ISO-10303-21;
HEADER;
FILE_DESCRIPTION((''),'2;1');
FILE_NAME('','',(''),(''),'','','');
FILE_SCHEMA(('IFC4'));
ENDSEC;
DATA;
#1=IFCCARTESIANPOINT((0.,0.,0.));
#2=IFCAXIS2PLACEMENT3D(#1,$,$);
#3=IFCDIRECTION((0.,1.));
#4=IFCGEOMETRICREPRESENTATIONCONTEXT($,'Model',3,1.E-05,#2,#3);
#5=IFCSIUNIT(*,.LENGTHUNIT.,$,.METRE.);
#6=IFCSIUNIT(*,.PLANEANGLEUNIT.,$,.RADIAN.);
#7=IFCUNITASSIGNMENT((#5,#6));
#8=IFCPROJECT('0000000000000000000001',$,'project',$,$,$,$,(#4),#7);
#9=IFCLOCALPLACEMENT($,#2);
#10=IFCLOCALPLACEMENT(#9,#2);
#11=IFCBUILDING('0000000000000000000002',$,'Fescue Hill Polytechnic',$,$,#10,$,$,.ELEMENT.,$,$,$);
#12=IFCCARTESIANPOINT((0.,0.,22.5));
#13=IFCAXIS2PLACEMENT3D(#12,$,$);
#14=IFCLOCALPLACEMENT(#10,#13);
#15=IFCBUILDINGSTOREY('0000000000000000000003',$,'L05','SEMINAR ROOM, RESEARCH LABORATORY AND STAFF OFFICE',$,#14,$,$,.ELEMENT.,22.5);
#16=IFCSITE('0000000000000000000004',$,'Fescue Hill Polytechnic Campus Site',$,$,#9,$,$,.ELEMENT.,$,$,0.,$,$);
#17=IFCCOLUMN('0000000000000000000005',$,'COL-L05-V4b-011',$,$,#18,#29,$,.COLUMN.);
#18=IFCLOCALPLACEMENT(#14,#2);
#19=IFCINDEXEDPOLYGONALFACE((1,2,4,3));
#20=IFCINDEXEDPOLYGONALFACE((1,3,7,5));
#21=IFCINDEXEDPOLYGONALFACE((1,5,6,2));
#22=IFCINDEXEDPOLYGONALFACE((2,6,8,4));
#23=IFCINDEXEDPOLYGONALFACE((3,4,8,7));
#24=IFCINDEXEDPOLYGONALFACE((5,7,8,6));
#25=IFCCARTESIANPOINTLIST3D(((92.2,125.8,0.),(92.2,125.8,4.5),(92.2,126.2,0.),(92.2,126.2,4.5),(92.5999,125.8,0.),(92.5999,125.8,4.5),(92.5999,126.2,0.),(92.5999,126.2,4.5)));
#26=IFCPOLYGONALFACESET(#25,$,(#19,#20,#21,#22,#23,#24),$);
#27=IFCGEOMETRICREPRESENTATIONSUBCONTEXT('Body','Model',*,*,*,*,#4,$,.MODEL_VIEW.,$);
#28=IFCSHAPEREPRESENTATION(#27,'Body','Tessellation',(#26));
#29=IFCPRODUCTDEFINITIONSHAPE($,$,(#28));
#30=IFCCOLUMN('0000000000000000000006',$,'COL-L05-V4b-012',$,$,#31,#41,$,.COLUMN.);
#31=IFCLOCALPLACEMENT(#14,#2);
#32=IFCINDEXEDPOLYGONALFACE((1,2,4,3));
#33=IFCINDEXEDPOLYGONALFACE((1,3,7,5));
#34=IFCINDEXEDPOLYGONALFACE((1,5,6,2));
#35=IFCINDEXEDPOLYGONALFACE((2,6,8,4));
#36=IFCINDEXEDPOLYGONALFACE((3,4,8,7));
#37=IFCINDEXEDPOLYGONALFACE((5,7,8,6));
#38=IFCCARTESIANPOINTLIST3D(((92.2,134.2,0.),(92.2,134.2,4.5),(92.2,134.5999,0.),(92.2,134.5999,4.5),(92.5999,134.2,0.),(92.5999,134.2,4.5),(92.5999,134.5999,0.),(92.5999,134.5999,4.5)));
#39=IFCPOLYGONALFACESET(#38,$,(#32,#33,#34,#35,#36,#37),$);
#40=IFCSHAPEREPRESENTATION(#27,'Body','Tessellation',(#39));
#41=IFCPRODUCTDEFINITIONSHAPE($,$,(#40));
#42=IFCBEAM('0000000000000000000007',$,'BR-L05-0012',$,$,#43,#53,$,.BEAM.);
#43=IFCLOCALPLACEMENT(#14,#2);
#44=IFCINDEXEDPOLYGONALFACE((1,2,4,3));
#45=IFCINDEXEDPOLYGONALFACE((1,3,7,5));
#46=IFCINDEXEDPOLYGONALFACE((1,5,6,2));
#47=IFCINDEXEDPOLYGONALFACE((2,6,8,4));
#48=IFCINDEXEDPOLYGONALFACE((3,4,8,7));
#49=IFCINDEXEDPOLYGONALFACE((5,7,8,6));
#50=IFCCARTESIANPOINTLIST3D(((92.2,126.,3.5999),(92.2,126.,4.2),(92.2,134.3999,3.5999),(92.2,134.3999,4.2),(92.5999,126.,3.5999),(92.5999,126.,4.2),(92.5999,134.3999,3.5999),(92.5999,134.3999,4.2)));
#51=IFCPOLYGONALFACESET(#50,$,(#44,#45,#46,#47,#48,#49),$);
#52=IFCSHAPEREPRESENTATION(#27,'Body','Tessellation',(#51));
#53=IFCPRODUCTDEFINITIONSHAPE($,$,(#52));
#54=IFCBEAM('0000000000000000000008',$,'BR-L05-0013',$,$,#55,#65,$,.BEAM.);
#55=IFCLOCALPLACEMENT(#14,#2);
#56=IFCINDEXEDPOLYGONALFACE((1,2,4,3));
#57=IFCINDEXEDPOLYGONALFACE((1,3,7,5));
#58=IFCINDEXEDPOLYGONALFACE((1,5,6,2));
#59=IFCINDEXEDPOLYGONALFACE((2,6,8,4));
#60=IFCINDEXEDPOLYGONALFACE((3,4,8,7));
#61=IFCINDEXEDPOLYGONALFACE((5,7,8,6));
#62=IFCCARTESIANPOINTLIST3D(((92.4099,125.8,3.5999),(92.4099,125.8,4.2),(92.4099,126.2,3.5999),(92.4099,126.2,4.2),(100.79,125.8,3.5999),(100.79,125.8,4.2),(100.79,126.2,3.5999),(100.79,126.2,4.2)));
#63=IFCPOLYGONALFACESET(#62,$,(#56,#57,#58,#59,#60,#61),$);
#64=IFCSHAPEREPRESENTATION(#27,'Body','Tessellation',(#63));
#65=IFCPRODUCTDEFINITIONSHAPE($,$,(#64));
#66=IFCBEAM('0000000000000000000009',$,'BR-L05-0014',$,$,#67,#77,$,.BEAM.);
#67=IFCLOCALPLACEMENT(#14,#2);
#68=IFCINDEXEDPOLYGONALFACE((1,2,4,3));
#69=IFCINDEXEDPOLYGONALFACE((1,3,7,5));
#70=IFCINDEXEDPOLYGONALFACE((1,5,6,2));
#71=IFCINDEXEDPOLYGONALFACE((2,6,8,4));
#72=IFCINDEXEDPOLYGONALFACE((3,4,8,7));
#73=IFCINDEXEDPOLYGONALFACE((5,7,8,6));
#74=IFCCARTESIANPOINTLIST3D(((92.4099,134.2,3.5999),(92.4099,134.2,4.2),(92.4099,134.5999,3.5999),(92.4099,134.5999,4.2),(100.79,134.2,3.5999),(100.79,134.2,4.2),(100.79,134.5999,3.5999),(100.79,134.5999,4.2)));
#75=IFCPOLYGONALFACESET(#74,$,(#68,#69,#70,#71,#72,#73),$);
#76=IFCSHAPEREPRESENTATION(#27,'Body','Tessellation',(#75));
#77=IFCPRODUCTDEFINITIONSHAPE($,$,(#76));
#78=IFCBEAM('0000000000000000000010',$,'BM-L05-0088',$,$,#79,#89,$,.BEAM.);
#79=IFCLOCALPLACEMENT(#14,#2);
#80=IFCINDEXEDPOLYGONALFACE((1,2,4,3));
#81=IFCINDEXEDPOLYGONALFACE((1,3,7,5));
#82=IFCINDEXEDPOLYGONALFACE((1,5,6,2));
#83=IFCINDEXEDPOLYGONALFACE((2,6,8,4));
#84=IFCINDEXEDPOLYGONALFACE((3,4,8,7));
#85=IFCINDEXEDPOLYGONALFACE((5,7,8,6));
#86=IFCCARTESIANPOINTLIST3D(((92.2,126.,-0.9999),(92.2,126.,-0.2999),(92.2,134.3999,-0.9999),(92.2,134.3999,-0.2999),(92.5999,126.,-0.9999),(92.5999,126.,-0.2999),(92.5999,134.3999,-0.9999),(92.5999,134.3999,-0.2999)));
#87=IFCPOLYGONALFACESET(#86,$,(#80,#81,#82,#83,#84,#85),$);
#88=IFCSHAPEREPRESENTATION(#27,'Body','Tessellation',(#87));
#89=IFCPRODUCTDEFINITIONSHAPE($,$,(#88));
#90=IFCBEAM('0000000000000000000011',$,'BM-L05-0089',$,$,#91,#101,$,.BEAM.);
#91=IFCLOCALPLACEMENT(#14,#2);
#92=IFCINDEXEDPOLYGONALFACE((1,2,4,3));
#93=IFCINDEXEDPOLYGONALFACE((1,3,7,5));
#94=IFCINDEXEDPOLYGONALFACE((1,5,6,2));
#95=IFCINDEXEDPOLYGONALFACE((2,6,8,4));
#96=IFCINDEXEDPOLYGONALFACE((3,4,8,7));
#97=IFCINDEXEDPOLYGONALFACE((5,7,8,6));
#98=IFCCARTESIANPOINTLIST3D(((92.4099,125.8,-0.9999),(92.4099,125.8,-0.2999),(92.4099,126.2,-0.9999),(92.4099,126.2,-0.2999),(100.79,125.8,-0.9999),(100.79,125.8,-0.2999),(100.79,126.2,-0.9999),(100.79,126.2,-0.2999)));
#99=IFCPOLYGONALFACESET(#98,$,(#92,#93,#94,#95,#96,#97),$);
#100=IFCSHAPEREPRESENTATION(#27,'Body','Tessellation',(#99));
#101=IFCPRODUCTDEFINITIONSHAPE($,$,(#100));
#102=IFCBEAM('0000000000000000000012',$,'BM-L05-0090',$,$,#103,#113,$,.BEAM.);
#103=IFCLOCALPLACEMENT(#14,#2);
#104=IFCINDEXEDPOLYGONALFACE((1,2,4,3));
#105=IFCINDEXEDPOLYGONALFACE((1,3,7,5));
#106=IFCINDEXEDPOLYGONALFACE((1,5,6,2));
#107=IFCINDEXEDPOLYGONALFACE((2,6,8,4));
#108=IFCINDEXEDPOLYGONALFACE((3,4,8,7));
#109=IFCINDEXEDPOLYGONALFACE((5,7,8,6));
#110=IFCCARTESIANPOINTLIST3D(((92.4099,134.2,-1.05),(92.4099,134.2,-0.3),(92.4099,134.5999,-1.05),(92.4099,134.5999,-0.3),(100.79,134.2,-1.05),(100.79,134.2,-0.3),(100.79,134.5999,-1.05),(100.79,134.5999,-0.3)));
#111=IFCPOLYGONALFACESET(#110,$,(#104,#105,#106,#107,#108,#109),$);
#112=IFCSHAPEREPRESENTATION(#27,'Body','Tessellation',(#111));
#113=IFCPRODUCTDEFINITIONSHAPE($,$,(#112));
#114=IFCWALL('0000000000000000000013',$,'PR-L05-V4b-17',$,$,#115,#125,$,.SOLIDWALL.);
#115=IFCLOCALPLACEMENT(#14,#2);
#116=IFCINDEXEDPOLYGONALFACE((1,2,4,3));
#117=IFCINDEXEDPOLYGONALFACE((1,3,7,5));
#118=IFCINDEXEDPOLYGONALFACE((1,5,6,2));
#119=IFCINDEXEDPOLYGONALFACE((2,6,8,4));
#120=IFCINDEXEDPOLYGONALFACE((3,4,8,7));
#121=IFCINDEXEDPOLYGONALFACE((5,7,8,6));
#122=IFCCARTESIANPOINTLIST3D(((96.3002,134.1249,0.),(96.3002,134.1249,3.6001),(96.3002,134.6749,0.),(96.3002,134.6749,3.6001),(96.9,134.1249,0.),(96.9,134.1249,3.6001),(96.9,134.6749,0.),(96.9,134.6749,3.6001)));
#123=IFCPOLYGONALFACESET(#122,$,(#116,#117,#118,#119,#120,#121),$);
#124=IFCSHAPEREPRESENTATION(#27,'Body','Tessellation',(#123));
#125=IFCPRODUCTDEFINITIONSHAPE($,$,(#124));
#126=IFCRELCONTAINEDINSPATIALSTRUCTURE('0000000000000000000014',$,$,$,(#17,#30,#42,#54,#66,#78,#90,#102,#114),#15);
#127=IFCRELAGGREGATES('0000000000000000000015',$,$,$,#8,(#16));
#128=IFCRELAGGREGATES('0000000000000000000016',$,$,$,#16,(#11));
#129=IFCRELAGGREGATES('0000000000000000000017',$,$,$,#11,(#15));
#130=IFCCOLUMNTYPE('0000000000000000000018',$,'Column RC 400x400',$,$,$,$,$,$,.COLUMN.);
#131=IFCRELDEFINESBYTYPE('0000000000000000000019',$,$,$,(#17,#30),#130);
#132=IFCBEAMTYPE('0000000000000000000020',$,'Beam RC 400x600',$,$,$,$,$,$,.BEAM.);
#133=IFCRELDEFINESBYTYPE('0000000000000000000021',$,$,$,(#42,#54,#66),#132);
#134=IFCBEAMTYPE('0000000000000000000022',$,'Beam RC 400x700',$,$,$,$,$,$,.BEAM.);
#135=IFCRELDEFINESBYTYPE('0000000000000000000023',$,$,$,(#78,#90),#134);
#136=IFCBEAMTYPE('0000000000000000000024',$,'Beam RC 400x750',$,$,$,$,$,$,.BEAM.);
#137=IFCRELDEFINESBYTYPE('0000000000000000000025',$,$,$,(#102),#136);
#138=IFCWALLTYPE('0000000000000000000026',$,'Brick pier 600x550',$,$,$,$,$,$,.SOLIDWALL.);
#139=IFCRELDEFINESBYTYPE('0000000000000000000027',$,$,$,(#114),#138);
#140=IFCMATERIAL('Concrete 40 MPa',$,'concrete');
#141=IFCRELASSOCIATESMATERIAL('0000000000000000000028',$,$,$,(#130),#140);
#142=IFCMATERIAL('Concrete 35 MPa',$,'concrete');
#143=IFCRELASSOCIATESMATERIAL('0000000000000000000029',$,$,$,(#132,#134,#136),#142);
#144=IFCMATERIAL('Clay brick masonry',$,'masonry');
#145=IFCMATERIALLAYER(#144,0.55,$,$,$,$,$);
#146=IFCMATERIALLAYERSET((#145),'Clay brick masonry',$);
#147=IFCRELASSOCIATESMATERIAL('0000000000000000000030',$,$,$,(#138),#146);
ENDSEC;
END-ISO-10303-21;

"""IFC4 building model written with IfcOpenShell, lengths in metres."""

from ifc_helpers import new_model, si_unit, direction, frame, frame_2d, origin, origin_2d, place, context, subcontext, project, spatial, rectangle, extrude, material, layer, layer_set, material_profile, profile_set, type_object, element, save


model = new_model("IFC4")

# Units and contexts
model_context = context("Model", 3, precision=1e-05, world=origin(), true_north=direction((0.0, 1.0)))
body_context = subcontext(model_context, "Body", "Model", "MODEL_VIEW")
ifc_project = project(units=[si_unit("LENGTHUNIT", "METRE"), si_unit("PLANEANGLEUNIT", "RADIAN")], contexts=[model_context])

# Site, building, storey
site_placement = place(None, origin())
site = spatial("IfcSite", under=ifc_project, at=site_placement, Name="Fescue Hill Polytechnic Campus Site", CompositionType="ELEMENT", RefElevation=0.0)
building_placement = place(site_placement, origin())
building = spatial("IfcBuilding", under=site, at=building_placement, Name="Fescue Hill Polytechnic", CompositionType="ELEMENT")
storey_placement = place(building_placement, frame((0.0, 0.0, 22.5)))
storey = spatial("IfcBuildingStorey", under=building, at=storey_placement, Name="L05", Description="SEMINAR ROOM, RESEARCH LABORATORY AND STAFF OFFICE", CompositionType="ELEMENT", Elevation=22.5)

# Columns
ifc_material_1 = material(Name="Concrete 40 MPa", Category="concrete")
ifc_material_profile_1 = material_profile(ifc_material_1, rectangle(XDim=0.3999, YDim=0.3999, at=origin_2d()), Name="RC 400x400")
ifc_profile_set_1 = profile_set([ifc_material_profile_1], Name="Concrete 40 MPa")
column_type = type_object("IfcColumnType", Name="Column RC 400x400", PredefinedType="COLUMN", material=ifc_profile_set_1)
for number, where, z_axis, x_axis, name in (
    (1, (92.3999, 126.0, 0.0), (0.0, 0.0, 1.0), (1.0, 0.0, 0.0), "COL-L05-V4b-011"),
    (2, (92.3999, 134.3999, 0.0), (0.0, 0.0, 1.0), (1.0, 0.0, 0.0), "COL-L05-V4b-012"),
):
    element("IfcColumn", number, at=place(storey_placement, frame(where, z_axis=z_axis, x_axis=x_axis)), inside=storey, type_object=column_type, Name=name, PredefinedType="COLUMN", context=body_context, shape_type="SweptSolid", body=[
        extrude(rectangle(XDim=0.3999, YDim=0.3999, at=origin_2d()), origin(), (0.0, 0.0, 1.0), 4.5),
    ])

# Beams
ifc_material_2 = material(Name="Concrete 35 MPa", Category="concrete")
ifc_material_profile_2 = material_profile(ifc_material_2, rectangle(XDim=0.3999, YDim=0.6001, at=origin_2d()), Name="RC 400x600")
ifc_profile_set_2 = profile_set([ifc_material_profile_2], Name="Concrete 35 MPa")
beam_type_1 = type_object("IfcBeamType", Name="Beam RC 400x600", PredefinedType="BEAM", material=ifc_profile_set_2)
beam_1_placement = place(storey_placement, frame((92.3999, 126.0, 3.8999), z_axis=(0.0, 1.0, 0.0), x_axis=(-1.0, 0.0, 0.0)))
element("IfcBeam", 3, at=beam_1_placement, inside=storey, type_object=beam_type_1, Name="BR-L05-0012", PredefinedType="BEAM", context=body_context, shape_type="SweptSolid", body=[
    extrude(rectangle(XDim=0.3999, YDim=0.6001, at=origin_2d()), origin(), (0.0, 0.0, 1.0), 8.3999),
])
for number, where, z_axis, x_axis, name in (
    (4, (92.4099, 126.0, 3.8999), (1.0, 0.0, 0.0), (0.0, 1.0, 0.0), "BR-L05-0013"),
    (5, (92.4099, 134.3999, 3.8999), (1.0, 0.0, 0.0), (0.0, 1.0, 0.0), "BR-L05-0014"),
):
    element("IfcBeam", number, at=place(storey_placement, frame(where, z_axis=z_axis, x_axis=x_axis)), inside=storey, type_object=beam_type_1, Name=name, PredefinedType="BEAM", context=body_context, shape_type="SweptSolid", body=[
        extrude(rectangle(XDim=0.3999, YDim=0.6001, at=origin_2d()), origin(), (0.0, 0.0, 1.0), 8.3801),
    ])
ifc_material_profile_3 = material_profile(ifc_material_2, rectangle(XDim=0.3999, YDim=0.7, at=origin_2d()), Name="RC 400x700")
ifc_profile_set_3 = profile_set([ifc_material_profile_3], Name="Concrete 35 MPa")
beam_type_2 = type_object("IfcBeamType", Name="Beam RC 400x700", PredefinedType="BEAM", material=ifc_profile_set_3)
beam_2_placement = place(storey_placement, frame((92.3999, 126.0, -0.6499), z_axis=(0.0, 1.0, 0.0), x_axis=(-1.0, 0.0, 0.0)))
element("IfcBeam", 6, at=beam_2_placement, inside=storey, type_object=beam_type_2, Name="BM-L05-0088", PredefinedType="BEAM", context=body_context, shape_type="SweptSolid", body=[
    extrude(rectangle(XDim=0.3999, YDim=0.7, at=origin_2d()), origin(), (0.0, 0.0, 1.0), 8.3999),
])
beam_3_placement = place(storey_placement, frame((92.4099, 126.0, -0.6499), z_axis=(1.0, 0.0, 0.0), x_axis=(0.0, 1.0, 0.0)))
element("IfcBeam", 7, at=beam_3_placement, inside=storey, type_object=beam_type_2, Name="BM-L05-0089", PredefinedType="BEAM", context=body_context, shape_type="SweptSolid", body=[
    extrude(rectangle(XDim=0.3999, YDim=0.7, at=origin_2d()), origin(), (0.0, 0.0, 1.0), 8.3801),
])
ifc_material_profile_4 = material_profile(ifc_material_2, rectangle(XDim=0.3999, YDim=0.75, at=origin_2d()), Name="RC 400x750")
ifc_profile_set_4 = profile_set([ifc_material_profile_4], Name="Concrete 35 MPa")
beam_type_3 = type_object("IfcBeamType", Name="Beam RC 400x750", PredefinedType="BEAM", material=ifc_profile_set_4)
beam_4_placement = place(storey_placement, frame((92.4099, 134.3999, -0.675), z_axis=(1.0, 0.0, 0.0), x_axis=(0.0, 1.0, 0.0)))
element("IfcBeam", 8, at=beam_4_placement, inside=storey, type_object=beam_type_3, Name="BM-L05-0090", PredefinedType="BEAM", context=body_context, shape_type="SweptSolid", body=[
    extrude(rectangle(XDim=0.3999, YDim=0.75, at=origin_2d()), origin(), (0.0, 0.0, 1.0), 8.3801),
])

# Wall
ifc_material_3 = material(Name="Clay brick masonry", Category="masonry")
ifc_layer_1 = layer(ifc_material_3, 0.55)
ifc_layer_set_1 = layer_set([ifc_layer_1], Name="Clay brick masonry")
wall_type_1 = type_object("IfcWallType", Name="Brick pier 600x550", PredefinedType="SOLIDWALL", material=ifc_layer_set_1)
wall_1_placement = place(storey_placement, frame((96.8999, 134.3999, 0.0), z_axis=(0.0, 0.0, 1.0), x_axis=(-1.0, 0.0, 0.0)))
element("IfcWall", 9, at=wall_1_placement, inside=storey, type_object=wall_type_1, Name="PR-L05-V4b-17", PredefinedType="SOLIDWALL", context=body_context, shape_type="SweptSolid", body=[
    extrude(rectangle(XDim=0.5999, YDim=0.55, at=frame_2d((0.2998, 0.0))), origin(), (0.0, 0.0, 1.0), 3.6001),
])

save(model, "model.ifc")
